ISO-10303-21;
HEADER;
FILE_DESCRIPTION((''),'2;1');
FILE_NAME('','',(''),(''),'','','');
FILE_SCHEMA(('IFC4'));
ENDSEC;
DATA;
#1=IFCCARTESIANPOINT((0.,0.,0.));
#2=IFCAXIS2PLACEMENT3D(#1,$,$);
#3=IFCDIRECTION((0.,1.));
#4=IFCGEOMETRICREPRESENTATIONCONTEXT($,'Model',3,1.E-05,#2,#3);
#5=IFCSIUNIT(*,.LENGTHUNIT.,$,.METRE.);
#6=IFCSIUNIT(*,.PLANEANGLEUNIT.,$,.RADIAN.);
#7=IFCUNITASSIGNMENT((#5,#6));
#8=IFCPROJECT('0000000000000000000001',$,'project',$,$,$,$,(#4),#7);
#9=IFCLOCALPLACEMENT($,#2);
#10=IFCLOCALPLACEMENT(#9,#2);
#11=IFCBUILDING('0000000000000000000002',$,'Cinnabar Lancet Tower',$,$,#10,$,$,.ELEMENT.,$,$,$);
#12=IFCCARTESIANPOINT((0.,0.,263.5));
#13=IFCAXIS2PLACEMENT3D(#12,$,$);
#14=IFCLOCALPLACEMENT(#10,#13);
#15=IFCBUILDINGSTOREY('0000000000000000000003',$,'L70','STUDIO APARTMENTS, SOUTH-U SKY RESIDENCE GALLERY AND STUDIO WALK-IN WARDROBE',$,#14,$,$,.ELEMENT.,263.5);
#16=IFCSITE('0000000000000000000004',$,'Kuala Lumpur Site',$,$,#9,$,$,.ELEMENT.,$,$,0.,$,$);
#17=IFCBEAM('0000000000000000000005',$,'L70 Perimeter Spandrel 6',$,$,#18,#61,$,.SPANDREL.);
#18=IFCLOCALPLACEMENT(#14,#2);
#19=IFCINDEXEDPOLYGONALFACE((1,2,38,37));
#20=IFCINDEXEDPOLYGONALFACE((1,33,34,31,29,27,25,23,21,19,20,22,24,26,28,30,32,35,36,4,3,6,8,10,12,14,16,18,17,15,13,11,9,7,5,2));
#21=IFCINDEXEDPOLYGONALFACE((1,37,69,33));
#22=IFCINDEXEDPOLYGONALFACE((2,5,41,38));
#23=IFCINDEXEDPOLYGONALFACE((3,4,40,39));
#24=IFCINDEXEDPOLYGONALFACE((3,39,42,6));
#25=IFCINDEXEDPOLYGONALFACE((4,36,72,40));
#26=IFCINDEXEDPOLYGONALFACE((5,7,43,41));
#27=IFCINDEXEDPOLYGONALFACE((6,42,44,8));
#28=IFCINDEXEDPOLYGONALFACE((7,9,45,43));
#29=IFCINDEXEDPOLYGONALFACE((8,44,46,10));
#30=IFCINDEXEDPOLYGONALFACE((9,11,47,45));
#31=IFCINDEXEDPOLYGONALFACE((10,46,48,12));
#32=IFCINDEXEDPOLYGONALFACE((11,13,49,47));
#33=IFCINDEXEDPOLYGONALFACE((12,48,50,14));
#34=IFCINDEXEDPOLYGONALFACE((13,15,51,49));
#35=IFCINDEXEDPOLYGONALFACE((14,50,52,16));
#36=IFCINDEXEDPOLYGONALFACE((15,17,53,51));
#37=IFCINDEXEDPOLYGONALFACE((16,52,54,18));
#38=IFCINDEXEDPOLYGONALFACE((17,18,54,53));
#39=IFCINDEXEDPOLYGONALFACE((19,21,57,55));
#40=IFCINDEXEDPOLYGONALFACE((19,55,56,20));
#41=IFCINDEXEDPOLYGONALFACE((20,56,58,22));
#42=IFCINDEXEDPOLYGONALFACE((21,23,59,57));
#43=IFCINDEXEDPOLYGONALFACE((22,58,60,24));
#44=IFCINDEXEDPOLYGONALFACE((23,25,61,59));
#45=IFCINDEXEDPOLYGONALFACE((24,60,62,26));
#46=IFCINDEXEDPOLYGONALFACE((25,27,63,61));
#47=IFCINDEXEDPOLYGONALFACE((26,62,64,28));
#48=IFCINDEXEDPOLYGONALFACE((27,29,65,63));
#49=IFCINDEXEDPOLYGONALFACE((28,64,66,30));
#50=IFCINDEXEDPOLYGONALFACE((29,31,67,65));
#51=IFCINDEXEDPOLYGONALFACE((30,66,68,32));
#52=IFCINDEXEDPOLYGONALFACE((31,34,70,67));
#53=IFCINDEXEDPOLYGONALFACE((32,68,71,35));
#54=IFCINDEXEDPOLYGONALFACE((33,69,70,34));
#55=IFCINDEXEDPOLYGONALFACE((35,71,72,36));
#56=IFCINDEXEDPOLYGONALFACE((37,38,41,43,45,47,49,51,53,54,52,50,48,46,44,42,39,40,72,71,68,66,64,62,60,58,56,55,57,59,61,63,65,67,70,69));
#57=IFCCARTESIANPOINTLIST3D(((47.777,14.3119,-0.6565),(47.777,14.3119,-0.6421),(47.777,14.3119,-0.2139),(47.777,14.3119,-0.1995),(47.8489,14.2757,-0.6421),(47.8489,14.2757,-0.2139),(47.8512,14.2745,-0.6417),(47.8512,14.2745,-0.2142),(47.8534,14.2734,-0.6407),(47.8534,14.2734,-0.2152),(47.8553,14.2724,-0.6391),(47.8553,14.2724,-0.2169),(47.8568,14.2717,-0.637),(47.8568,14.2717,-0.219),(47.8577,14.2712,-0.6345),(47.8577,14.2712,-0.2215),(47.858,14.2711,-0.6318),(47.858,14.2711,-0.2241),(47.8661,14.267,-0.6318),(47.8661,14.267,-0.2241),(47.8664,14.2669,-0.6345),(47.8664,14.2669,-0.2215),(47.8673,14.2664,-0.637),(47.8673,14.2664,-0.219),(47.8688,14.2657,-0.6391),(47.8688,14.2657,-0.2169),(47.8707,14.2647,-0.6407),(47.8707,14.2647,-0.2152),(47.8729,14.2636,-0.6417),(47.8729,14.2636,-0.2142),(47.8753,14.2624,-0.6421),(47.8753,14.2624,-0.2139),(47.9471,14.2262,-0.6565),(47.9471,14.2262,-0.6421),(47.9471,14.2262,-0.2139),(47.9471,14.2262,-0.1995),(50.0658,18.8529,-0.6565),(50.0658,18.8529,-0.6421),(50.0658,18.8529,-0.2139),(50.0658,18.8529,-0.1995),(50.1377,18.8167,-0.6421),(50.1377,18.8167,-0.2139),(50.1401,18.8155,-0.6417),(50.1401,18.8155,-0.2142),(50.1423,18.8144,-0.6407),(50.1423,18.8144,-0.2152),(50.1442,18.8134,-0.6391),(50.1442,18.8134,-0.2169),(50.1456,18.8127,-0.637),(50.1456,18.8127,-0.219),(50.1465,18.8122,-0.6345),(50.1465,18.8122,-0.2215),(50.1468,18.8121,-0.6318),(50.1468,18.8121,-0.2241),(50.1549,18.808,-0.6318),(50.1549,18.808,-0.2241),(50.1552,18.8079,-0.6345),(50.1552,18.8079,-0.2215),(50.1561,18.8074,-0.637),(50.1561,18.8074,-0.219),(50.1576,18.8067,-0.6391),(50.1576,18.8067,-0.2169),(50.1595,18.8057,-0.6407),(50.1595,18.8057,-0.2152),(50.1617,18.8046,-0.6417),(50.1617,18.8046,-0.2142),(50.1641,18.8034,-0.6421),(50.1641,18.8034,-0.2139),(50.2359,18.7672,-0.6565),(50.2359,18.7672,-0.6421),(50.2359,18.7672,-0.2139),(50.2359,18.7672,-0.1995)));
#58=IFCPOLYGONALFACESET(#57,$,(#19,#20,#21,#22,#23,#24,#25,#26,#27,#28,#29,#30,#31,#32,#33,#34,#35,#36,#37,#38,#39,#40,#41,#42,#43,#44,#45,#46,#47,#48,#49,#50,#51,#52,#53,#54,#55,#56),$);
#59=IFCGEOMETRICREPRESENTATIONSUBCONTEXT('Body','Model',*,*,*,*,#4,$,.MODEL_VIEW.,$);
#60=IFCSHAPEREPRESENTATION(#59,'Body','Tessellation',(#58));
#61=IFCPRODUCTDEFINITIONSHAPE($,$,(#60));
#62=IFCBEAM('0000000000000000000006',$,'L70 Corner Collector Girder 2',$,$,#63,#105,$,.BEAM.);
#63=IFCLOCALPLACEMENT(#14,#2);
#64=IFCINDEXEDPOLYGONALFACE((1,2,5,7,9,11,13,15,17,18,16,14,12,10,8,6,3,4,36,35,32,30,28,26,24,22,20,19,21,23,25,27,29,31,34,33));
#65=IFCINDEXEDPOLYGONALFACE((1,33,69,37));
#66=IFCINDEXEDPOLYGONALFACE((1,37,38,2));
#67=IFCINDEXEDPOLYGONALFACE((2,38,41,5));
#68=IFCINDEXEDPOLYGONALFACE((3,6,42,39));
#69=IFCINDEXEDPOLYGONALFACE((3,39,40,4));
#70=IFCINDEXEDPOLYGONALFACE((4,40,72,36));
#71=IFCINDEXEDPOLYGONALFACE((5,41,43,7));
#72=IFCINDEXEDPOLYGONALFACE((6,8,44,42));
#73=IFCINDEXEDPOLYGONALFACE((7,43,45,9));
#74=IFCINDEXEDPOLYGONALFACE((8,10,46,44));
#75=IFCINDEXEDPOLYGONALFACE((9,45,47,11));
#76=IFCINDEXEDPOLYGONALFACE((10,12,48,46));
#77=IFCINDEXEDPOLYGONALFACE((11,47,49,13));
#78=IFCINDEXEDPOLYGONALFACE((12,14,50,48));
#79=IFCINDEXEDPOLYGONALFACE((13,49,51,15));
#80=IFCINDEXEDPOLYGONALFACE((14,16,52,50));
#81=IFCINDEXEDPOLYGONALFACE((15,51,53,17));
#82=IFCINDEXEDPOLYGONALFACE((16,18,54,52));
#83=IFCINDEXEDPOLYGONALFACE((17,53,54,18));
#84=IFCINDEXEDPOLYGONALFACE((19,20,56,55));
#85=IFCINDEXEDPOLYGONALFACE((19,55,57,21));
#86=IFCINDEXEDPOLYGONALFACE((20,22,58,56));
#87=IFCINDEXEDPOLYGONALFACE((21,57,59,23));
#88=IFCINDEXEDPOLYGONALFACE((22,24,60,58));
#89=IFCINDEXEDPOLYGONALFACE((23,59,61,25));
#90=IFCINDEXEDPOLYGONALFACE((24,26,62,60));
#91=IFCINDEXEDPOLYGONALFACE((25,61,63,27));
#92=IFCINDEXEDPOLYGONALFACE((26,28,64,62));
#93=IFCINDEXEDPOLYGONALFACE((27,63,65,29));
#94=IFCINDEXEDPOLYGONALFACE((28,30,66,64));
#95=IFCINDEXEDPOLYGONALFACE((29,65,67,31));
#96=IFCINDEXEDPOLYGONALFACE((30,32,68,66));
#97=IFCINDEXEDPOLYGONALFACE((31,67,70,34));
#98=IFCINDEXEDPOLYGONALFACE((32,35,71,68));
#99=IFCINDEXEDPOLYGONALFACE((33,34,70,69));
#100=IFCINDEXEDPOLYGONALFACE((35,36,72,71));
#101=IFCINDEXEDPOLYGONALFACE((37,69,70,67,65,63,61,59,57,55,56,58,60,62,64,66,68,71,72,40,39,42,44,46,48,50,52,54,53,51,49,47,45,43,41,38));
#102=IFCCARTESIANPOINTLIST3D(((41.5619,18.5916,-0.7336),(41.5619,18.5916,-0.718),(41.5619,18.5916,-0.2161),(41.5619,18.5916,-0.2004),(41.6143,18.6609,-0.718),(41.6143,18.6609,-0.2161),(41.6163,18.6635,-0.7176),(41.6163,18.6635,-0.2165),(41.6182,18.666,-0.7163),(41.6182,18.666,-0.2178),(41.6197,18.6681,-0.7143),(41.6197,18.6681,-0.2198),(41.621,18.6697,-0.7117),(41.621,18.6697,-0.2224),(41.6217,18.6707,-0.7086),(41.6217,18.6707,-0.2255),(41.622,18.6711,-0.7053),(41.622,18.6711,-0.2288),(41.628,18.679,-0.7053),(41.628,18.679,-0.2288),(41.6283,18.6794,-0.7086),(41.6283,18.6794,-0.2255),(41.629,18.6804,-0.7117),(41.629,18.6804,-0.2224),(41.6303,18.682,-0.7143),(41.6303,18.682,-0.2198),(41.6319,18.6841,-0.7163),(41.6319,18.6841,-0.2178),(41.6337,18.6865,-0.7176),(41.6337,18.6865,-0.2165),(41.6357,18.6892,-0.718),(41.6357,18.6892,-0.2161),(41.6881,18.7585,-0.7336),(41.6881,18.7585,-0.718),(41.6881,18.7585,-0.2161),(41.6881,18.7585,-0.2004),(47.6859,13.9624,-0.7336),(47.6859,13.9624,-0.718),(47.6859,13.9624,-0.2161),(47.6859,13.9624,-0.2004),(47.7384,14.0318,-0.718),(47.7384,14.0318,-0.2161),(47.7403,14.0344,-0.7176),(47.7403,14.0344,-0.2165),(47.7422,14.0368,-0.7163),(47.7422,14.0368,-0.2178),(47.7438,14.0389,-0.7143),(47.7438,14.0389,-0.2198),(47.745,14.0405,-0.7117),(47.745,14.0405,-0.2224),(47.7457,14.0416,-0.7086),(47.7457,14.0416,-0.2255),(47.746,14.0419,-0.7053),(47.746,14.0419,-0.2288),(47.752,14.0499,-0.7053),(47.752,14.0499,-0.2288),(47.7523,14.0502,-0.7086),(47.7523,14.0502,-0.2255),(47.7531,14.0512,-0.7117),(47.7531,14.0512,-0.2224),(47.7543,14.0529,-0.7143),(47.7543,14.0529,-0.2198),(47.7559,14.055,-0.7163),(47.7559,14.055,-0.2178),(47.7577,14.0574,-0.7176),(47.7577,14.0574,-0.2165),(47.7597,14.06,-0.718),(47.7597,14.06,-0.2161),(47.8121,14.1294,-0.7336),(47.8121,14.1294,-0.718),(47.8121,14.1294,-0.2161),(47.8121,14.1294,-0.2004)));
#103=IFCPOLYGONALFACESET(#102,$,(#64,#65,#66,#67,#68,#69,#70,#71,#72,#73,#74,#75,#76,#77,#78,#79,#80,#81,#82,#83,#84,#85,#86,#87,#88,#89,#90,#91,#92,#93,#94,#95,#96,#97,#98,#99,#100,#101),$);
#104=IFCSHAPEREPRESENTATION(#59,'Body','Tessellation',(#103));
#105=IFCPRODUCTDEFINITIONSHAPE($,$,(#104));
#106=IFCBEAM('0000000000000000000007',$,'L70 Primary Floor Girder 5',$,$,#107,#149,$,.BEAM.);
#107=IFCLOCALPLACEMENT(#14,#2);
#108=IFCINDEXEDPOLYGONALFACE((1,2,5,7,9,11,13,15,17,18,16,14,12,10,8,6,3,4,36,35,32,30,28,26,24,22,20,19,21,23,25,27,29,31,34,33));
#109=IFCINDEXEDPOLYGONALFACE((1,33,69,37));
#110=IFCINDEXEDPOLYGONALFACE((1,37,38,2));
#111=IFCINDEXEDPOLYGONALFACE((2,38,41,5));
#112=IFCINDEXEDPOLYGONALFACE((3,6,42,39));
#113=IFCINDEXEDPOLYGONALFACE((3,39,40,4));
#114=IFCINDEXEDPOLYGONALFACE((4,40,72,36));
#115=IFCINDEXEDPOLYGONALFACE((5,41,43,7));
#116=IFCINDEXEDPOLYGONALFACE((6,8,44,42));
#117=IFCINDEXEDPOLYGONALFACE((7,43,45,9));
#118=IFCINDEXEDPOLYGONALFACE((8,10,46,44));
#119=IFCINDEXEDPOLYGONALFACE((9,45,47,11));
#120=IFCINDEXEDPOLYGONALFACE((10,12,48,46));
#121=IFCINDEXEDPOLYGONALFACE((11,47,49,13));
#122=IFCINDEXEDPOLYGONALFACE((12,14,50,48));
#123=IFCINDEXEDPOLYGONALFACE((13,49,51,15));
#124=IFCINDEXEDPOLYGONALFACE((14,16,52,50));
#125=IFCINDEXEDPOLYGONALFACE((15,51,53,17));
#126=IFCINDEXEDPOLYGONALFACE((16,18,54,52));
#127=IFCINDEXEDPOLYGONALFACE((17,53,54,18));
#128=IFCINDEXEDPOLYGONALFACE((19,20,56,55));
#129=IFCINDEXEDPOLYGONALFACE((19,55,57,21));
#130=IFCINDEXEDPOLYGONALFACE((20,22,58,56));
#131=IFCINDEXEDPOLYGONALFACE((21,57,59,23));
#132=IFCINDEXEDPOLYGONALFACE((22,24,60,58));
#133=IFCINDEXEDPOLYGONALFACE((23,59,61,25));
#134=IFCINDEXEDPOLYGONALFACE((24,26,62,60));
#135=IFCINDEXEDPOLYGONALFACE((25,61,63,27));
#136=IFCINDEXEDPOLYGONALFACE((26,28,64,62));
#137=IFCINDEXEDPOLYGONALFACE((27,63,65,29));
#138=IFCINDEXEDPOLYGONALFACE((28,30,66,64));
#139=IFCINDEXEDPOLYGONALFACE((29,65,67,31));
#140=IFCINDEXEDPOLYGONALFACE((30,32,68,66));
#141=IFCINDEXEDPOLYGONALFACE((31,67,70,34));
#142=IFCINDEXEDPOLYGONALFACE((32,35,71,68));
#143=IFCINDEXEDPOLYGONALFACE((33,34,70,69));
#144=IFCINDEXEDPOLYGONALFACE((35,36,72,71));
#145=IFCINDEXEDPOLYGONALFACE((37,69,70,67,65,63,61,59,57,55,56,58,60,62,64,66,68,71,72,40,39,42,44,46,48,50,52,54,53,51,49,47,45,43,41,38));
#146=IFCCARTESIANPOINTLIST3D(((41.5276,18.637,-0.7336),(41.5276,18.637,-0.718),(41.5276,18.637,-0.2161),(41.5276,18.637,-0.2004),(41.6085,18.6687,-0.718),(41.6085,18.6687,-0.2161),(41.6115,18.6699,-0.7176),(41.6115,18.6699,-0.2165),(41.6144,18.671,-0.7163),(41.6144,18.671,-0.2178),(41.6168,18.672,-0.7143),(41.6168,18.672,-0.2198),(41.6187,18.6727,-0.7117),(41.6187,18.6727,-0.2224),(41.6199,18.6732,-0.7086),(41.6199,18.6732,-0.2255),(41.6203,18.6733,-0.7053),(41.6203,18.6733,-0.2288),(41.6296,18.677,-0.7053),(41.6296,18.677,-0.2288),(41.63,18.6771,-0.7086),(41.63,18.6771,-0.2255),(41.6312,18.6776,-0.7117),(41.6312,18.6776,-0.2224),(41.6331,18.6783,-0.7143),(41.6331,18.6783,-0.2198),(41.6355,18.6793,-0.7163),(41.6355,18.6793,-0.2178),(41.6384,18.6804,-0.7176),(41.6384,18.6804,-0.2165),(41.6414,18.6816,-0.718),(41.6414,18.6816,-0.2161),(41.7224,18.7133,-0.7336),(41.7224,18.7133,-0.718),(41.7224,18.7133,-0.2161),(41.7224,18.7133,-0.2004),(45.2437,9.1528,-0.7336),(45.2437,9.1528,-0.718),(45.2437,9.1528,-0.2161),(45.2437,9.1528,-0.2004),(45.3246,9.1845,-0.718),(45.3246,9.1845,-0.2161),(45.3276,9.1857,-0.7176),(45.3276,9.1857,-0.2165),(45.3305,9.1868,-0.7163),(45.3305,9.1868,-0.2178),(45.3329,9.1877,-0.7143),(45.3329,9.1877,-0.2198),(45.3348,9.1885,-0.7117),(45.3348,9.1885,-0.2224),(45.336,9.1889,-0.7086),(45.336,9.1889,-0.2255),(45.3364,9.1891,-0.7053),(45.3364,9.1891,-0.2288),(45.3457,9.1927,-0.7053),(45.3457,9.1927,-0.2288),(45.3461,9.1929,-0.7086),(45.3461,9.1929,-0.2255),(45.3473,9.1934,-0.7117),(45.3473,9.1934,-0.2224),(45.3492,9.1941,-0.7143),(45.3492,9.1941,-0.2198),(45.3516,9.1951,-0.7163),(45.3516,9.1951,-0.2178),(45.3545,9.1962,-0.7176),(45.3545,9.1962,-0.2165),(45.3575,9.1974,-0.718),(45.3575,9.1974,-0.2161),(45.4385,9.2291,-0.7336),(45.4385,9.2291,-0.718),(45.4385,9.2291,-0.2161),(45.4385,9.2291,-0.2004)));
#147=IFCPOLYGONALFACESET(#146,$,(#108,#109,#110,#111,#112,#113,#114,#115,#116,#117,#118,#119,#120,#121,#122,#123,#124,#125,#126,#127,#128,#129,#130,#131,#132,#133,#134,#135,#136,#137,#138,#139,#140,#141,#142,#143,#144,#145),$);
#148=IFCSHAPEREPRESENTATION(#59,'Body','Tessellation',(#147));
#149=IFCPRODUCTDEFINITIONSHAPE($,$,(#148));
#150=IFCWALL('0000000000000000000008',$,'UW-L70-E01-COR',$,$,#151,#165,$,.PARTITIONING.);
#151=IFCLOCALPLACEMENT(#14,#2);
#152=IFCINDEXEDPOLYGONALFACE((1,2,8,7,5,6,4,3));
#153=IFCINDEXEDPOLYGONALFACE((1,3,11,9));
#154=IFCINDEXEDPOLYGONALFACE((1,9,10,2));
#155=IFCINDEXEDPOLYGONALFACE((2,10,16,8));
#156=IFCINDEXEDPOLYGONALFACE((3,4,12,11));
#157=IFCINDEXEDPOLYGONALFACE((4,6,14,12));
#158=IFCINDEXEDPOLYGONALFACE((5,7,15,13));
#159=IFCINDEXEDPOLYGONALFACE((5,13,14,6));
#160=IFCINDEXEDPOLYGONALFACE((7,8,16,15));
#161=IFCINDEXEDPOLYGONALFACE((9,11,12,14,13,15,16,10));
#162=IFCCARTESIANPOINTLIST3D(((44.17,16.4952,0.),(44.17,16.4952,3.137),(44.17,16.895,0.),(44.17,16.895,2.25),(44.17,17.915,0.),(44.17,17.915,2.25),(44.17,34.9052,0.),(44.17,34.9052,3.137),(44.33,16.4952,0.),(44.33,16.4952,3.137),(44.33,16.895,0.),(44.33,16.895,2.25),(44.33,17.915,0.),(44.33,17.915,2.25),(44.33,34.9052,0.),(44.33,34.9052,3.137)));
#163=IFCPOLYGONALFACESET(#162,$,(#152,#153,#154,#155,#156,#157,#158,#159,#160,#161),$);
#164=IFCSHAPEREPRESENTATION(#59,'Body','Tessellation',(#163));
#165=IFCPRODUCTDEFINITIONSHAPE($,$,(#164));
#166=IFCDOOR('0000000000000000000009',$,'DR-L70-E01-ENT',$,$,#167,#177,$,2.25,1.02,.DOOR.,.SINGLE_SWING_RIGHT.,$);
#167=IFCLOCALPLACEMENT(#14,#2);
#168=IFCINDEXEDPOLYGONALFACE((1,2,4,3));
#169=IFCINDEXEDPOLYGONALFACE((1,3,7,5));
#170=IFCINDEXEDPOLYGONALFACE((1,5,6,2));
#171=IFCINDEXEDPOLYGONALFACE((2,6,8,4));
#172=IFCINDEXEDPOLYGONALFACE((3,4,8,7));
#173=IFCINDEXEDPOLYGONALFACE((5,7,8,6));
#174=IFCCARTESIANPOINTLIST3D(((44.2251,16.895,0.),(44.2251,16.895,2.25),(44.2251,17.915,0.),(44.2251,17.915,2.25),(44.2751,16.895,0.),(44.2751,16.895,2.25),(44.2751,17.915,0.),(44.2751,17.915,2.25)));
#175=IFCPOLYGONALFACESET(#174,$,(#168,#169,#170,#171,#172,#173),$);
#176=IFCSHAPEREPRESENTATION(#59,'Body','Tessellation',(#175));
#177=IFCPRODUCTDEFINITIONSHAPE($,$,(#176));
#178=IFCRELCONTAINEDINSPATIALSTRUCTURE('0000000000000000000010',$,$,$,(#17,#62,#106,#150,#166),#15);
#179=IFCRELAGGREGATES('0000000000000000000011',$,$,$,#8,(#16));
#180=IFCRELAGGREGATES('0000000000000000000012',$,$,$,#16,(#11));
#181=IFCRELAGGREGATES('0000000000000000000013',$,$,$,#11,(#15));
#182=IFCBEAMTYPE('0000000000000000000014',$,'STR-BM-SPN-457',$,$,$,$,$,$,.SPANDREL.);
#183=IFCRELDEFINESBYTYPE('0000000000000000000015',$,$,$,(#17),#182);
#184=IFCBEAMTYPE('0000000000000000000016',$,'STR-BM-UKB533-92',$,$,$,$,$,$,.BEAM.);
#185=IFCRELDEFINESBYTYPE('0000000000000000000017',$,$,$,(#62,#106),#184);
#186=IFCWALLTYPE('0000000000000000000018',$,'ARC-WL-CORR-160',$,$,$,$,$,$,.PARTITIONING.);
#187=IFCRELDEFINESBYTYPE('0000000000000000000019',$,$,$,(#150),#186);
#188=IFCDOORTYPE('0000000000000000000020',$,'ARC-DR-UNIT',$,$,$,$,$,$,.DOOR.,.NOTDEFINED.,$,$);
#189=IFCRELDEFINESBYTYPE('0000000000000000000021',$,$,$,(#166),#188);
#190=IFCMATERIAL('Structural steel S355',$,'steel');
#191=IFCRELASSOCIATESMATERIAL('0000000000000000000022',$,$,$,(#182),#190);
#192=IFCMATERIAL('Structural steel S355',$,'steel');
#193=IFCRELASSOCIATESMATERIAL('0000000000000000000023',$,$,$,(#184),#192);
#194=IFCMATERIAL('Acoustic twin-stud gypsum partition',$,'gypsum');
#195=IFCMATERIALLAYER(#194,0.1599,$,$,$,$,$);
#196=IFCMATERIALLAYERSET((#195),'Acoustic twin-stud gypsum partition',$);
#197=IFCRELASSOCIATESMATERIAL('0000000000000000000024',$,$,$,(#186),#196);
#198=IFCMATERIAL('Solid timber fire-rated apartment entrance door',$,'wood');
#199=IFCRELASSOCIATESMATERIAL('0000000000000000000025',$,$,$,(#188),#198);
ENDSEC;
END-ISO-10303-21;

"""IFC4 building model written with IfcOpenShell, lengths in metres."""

from ifc_helpers import new_model, si_unit, direction, frame, frame_2d, origin, origin_2d, place, context, subcontext, project, spatial, rectangle, i_section, extrude, material, layer, layer_set, material_profile, profile_set, type_object, element, fill, save


model = new_model("IFC4")

# Units and contexts
model_context = context("Model", 3, precision=1e-05, world=origin(), true_north=direction((0.0, 1.0)))
body_context = subcontext(model_context, "Body", "Model", "MODEL_VIEW")
ifc_project = project(units=[si_unit("LENGTHUNIT", "METRE"), si_unit("PLANEANGLEUNIT", "RADIAN")], contexts=[model_context])

# Site, building, storey
site_placement = place(None, origin())
site = spatial("IfcSite", under=ifc_project, at=site_placement, Name="Kuala Lumpur Site", CompositionType="ELEMENT", RefElevation=0.0)
building_placement = place(site_placement, origin())
building = spatial("IfcBuilding", under=site, at=building_placement, Name="Cinnabar Lancet Tower", CompositionType="ELEMENT")
storey_placement = place(building_placement, frame((0.0, 0.0, 263.5)))
storey = spatial("IfcBuildingStorey", under=building, at=storey_placement, Name="L70", Description="STUDIO APARTMENTS, SOUTH-U SKY RESIDENCE GALLERY AND STUDIO WALK-IN WARDROBE", CompositionType="ELEMENT", Elevation=263.5)

# Beams
ifc_material_1 = material(Name="Structural steel S355", Category="steel")
ifc_material_profile_1 = material_profile(ifc_material_1, i_section(OverallWidth=0.1904, OverallDepth=0.457, WebThickness=0.009, FlangeThickness=0.0144, FilletRadius=0.0103, at=origin_2d()), Name="UKB 457x191x74")
ifc_profile_set_1 = profile_set([ifc_material_profile_1], Name="Structural steel S355")
beam_type_1 = type_object("IfcBeamType", Name="STR-BM-SPN-457", PredefinedType="SPANDREL", material=ifc_profile_set_1)
beam_1_placement = place(storey_placement, frame((47.8621, 14.269, -0.428), z_axis=(0.450092, 0.892982, 0.0), x_axis=(-0.892982, 0.450092, 0.0)))
element("IfcBeam", 1, at=beam_1_placement, inside=storey, type_object=beam_type_1, Name="L70 Perimeter Spandrel 6", PredefinedType="SPANDREL", context=body_context, shape_type="SweptSolid", body=[
    extrude(i_section(OverallWidth=0.1904, OverallDepth=0.457, WebThickness=0.009, FlangeThickness=0.0144, FilletRadius=0.0103, at=origin_2d()), origin(), (0.0, 0.0, 1.0), 5.0852),
])
ifc_material_2 = material(Name="Structural steel S355", Category="steel")
ifc_material_profile_2 = material_profile(ifc_material_2, i_section(OverallWidth=0.2092, OverallDepth=0.5332, WebThickness=0.01, FlangeThickness=0.0156, FilletRadius=0.0127, at=origin_2d()), Name="UKB 533x210x92")
ifc_profile_set_2 = profile_set([ifc_material_profile_2], Name="Structural steel S355")
beam_type_2 = type_object("IfcBeamType", Name="STR-BM-UKB533-92", PredefinedType="BEAM", material=ifc_profile_set_2)
beam_2_placement = place(storey_placement, frame((47.749, 14.0459, -0.467), z_axis=(-0.797735, 0.603008, 0.0), x_axis=(-0.603008, -0.797735, 0.0)))
element("IfcBeam", 2, at=beam_2_placement, inside=storey, type_object=beam_type_2, Name="L70 Corner Collector Girder 2", PredefinedType="BEAM", context=body_context, shape_type="SweptSolid", body=[
    extrude(i_section(OverallWidth=0.2092, OverallDepth=0.5332, WebThickness=0.01, FlangeThickness=0.0156, FilletRadius=0.0127, at=origin_2d()), origin(), (0.0, 0.0, 1.0), 7.6768),
])
beam_3_placement = place(storey_placement, frame((45.3411, 9.1909, -0.467), z_axis=(-0.364815, 0.93108, 0.0), x_axis=(-0.93108, -0.364815, 0.0)))
element("IfcBeam", 3, at=beam_3_placement, inside=storey, type_object=beam_type_2, Name="L70 Primary Floor Girder 5", PredefinedType="BEAM", context=body_context, shape_type="SweptSolid", body=[
    extrude(i_section(OverallWidth=0.2092, OverallDepth=0.5332, WebThickness=0.01, FlangeThickness=0.0156, FilletRadius=0.0127, at=origin_2d()), origin(), (0.0, 0.0, 1.0), 10.1863),
])

# Wall, opening, door
ifc_material_3 = material(Name="Acoustic twin-stud gypsum partition", Category="gypsum")
ifc_layer_1 = layer(ifc_material_3, 0.1599)
ifc_layer_set_1 = layer_set([ifc_layer_1], Name="Acoustic twin-stud gypsum partition")
wall_type_1 = type_object("IfcWallType", Name="ARC-WL-CORR-160", PredefinedType="PARTITIONING", material=ifc_layer_set_1)
wall_1_placement = place(storey_placement, frame((44.25, 16.4951, 0.0), z_axis=(0.0, 0.0, 1.0), x_axis=(0.0, 1.0, 0.0)))
wall_1 = element("IfcWall", 4, at=wall_1_placement, inside=storey, type_object=wall_type_1, Name="UW-L70-E01-COR", PredefinedType="PARTITIONING", context=body_context, shape_type="SweptSolid", body=[
    extrude(rectangle(XDim=18.4099, YDim=0.1599, at=frame_2d((9.2051, 0.0))), origin(), (0.0, 0.0, 1.0), 3.137),
])
opening_1_placement = place(wall_1_placement, frame((0.3999, 0.0, 0.0)))
opening_1 = element("IfcOpeningElement", 5, at=opening_1_placement, cuts=wall_1, PredefinedType="OPENING", context=body_context, shape_type="SweptSolid", body=[
    extrude(rectangle(XDim=1.02, YDim=2.25, at=frame_2d((0.51, 1.125))), frame((0.0, 0.0898, 0.0), z_axis=(0.0, -1.0, 0.0), x_axis=(1.0, 0.0, 0.0)), (0.0, 0.0, 1.0), 0.1799),
])
ifc_material_4 = material(Name="Solid timber fire-rated apartment entrance door", Category="wood")
door_type_1 = type_object("IfcDoorType", Name="ARC-DR-UNIT", OperationType="NOTDEFINED", PredefinedType="DOOR", material=ifc_material_4)
door_1_placement = place(opening_1_placement, origin())
door_1 = element("IfcDoor", 6, at=door_1_placement, inside=storey, type_object=door_type_1, Name="DR-L70-E01-ENT", OperationType="SINGLE_SWING_RIGHT", OverallHeight=2.25, OverallWidth=1.02, PredefinedType="DOOR", context=body_context, shape_type="SweptSolid", body=[
    extrude(rectangle(XDim=1.02, YDim=2.25, at=frame_2d((0.51, 1.125))), frame((0.0, 0.0249, 0.0), z_axis=(0.0, -1.0, 0.0), x_axis=(1.0, 0.0, 0.0)), (0.0, 0.0, 1.0), 0.05),
])
fill(opening_1, door_1)

save(model, "model.ifc")
